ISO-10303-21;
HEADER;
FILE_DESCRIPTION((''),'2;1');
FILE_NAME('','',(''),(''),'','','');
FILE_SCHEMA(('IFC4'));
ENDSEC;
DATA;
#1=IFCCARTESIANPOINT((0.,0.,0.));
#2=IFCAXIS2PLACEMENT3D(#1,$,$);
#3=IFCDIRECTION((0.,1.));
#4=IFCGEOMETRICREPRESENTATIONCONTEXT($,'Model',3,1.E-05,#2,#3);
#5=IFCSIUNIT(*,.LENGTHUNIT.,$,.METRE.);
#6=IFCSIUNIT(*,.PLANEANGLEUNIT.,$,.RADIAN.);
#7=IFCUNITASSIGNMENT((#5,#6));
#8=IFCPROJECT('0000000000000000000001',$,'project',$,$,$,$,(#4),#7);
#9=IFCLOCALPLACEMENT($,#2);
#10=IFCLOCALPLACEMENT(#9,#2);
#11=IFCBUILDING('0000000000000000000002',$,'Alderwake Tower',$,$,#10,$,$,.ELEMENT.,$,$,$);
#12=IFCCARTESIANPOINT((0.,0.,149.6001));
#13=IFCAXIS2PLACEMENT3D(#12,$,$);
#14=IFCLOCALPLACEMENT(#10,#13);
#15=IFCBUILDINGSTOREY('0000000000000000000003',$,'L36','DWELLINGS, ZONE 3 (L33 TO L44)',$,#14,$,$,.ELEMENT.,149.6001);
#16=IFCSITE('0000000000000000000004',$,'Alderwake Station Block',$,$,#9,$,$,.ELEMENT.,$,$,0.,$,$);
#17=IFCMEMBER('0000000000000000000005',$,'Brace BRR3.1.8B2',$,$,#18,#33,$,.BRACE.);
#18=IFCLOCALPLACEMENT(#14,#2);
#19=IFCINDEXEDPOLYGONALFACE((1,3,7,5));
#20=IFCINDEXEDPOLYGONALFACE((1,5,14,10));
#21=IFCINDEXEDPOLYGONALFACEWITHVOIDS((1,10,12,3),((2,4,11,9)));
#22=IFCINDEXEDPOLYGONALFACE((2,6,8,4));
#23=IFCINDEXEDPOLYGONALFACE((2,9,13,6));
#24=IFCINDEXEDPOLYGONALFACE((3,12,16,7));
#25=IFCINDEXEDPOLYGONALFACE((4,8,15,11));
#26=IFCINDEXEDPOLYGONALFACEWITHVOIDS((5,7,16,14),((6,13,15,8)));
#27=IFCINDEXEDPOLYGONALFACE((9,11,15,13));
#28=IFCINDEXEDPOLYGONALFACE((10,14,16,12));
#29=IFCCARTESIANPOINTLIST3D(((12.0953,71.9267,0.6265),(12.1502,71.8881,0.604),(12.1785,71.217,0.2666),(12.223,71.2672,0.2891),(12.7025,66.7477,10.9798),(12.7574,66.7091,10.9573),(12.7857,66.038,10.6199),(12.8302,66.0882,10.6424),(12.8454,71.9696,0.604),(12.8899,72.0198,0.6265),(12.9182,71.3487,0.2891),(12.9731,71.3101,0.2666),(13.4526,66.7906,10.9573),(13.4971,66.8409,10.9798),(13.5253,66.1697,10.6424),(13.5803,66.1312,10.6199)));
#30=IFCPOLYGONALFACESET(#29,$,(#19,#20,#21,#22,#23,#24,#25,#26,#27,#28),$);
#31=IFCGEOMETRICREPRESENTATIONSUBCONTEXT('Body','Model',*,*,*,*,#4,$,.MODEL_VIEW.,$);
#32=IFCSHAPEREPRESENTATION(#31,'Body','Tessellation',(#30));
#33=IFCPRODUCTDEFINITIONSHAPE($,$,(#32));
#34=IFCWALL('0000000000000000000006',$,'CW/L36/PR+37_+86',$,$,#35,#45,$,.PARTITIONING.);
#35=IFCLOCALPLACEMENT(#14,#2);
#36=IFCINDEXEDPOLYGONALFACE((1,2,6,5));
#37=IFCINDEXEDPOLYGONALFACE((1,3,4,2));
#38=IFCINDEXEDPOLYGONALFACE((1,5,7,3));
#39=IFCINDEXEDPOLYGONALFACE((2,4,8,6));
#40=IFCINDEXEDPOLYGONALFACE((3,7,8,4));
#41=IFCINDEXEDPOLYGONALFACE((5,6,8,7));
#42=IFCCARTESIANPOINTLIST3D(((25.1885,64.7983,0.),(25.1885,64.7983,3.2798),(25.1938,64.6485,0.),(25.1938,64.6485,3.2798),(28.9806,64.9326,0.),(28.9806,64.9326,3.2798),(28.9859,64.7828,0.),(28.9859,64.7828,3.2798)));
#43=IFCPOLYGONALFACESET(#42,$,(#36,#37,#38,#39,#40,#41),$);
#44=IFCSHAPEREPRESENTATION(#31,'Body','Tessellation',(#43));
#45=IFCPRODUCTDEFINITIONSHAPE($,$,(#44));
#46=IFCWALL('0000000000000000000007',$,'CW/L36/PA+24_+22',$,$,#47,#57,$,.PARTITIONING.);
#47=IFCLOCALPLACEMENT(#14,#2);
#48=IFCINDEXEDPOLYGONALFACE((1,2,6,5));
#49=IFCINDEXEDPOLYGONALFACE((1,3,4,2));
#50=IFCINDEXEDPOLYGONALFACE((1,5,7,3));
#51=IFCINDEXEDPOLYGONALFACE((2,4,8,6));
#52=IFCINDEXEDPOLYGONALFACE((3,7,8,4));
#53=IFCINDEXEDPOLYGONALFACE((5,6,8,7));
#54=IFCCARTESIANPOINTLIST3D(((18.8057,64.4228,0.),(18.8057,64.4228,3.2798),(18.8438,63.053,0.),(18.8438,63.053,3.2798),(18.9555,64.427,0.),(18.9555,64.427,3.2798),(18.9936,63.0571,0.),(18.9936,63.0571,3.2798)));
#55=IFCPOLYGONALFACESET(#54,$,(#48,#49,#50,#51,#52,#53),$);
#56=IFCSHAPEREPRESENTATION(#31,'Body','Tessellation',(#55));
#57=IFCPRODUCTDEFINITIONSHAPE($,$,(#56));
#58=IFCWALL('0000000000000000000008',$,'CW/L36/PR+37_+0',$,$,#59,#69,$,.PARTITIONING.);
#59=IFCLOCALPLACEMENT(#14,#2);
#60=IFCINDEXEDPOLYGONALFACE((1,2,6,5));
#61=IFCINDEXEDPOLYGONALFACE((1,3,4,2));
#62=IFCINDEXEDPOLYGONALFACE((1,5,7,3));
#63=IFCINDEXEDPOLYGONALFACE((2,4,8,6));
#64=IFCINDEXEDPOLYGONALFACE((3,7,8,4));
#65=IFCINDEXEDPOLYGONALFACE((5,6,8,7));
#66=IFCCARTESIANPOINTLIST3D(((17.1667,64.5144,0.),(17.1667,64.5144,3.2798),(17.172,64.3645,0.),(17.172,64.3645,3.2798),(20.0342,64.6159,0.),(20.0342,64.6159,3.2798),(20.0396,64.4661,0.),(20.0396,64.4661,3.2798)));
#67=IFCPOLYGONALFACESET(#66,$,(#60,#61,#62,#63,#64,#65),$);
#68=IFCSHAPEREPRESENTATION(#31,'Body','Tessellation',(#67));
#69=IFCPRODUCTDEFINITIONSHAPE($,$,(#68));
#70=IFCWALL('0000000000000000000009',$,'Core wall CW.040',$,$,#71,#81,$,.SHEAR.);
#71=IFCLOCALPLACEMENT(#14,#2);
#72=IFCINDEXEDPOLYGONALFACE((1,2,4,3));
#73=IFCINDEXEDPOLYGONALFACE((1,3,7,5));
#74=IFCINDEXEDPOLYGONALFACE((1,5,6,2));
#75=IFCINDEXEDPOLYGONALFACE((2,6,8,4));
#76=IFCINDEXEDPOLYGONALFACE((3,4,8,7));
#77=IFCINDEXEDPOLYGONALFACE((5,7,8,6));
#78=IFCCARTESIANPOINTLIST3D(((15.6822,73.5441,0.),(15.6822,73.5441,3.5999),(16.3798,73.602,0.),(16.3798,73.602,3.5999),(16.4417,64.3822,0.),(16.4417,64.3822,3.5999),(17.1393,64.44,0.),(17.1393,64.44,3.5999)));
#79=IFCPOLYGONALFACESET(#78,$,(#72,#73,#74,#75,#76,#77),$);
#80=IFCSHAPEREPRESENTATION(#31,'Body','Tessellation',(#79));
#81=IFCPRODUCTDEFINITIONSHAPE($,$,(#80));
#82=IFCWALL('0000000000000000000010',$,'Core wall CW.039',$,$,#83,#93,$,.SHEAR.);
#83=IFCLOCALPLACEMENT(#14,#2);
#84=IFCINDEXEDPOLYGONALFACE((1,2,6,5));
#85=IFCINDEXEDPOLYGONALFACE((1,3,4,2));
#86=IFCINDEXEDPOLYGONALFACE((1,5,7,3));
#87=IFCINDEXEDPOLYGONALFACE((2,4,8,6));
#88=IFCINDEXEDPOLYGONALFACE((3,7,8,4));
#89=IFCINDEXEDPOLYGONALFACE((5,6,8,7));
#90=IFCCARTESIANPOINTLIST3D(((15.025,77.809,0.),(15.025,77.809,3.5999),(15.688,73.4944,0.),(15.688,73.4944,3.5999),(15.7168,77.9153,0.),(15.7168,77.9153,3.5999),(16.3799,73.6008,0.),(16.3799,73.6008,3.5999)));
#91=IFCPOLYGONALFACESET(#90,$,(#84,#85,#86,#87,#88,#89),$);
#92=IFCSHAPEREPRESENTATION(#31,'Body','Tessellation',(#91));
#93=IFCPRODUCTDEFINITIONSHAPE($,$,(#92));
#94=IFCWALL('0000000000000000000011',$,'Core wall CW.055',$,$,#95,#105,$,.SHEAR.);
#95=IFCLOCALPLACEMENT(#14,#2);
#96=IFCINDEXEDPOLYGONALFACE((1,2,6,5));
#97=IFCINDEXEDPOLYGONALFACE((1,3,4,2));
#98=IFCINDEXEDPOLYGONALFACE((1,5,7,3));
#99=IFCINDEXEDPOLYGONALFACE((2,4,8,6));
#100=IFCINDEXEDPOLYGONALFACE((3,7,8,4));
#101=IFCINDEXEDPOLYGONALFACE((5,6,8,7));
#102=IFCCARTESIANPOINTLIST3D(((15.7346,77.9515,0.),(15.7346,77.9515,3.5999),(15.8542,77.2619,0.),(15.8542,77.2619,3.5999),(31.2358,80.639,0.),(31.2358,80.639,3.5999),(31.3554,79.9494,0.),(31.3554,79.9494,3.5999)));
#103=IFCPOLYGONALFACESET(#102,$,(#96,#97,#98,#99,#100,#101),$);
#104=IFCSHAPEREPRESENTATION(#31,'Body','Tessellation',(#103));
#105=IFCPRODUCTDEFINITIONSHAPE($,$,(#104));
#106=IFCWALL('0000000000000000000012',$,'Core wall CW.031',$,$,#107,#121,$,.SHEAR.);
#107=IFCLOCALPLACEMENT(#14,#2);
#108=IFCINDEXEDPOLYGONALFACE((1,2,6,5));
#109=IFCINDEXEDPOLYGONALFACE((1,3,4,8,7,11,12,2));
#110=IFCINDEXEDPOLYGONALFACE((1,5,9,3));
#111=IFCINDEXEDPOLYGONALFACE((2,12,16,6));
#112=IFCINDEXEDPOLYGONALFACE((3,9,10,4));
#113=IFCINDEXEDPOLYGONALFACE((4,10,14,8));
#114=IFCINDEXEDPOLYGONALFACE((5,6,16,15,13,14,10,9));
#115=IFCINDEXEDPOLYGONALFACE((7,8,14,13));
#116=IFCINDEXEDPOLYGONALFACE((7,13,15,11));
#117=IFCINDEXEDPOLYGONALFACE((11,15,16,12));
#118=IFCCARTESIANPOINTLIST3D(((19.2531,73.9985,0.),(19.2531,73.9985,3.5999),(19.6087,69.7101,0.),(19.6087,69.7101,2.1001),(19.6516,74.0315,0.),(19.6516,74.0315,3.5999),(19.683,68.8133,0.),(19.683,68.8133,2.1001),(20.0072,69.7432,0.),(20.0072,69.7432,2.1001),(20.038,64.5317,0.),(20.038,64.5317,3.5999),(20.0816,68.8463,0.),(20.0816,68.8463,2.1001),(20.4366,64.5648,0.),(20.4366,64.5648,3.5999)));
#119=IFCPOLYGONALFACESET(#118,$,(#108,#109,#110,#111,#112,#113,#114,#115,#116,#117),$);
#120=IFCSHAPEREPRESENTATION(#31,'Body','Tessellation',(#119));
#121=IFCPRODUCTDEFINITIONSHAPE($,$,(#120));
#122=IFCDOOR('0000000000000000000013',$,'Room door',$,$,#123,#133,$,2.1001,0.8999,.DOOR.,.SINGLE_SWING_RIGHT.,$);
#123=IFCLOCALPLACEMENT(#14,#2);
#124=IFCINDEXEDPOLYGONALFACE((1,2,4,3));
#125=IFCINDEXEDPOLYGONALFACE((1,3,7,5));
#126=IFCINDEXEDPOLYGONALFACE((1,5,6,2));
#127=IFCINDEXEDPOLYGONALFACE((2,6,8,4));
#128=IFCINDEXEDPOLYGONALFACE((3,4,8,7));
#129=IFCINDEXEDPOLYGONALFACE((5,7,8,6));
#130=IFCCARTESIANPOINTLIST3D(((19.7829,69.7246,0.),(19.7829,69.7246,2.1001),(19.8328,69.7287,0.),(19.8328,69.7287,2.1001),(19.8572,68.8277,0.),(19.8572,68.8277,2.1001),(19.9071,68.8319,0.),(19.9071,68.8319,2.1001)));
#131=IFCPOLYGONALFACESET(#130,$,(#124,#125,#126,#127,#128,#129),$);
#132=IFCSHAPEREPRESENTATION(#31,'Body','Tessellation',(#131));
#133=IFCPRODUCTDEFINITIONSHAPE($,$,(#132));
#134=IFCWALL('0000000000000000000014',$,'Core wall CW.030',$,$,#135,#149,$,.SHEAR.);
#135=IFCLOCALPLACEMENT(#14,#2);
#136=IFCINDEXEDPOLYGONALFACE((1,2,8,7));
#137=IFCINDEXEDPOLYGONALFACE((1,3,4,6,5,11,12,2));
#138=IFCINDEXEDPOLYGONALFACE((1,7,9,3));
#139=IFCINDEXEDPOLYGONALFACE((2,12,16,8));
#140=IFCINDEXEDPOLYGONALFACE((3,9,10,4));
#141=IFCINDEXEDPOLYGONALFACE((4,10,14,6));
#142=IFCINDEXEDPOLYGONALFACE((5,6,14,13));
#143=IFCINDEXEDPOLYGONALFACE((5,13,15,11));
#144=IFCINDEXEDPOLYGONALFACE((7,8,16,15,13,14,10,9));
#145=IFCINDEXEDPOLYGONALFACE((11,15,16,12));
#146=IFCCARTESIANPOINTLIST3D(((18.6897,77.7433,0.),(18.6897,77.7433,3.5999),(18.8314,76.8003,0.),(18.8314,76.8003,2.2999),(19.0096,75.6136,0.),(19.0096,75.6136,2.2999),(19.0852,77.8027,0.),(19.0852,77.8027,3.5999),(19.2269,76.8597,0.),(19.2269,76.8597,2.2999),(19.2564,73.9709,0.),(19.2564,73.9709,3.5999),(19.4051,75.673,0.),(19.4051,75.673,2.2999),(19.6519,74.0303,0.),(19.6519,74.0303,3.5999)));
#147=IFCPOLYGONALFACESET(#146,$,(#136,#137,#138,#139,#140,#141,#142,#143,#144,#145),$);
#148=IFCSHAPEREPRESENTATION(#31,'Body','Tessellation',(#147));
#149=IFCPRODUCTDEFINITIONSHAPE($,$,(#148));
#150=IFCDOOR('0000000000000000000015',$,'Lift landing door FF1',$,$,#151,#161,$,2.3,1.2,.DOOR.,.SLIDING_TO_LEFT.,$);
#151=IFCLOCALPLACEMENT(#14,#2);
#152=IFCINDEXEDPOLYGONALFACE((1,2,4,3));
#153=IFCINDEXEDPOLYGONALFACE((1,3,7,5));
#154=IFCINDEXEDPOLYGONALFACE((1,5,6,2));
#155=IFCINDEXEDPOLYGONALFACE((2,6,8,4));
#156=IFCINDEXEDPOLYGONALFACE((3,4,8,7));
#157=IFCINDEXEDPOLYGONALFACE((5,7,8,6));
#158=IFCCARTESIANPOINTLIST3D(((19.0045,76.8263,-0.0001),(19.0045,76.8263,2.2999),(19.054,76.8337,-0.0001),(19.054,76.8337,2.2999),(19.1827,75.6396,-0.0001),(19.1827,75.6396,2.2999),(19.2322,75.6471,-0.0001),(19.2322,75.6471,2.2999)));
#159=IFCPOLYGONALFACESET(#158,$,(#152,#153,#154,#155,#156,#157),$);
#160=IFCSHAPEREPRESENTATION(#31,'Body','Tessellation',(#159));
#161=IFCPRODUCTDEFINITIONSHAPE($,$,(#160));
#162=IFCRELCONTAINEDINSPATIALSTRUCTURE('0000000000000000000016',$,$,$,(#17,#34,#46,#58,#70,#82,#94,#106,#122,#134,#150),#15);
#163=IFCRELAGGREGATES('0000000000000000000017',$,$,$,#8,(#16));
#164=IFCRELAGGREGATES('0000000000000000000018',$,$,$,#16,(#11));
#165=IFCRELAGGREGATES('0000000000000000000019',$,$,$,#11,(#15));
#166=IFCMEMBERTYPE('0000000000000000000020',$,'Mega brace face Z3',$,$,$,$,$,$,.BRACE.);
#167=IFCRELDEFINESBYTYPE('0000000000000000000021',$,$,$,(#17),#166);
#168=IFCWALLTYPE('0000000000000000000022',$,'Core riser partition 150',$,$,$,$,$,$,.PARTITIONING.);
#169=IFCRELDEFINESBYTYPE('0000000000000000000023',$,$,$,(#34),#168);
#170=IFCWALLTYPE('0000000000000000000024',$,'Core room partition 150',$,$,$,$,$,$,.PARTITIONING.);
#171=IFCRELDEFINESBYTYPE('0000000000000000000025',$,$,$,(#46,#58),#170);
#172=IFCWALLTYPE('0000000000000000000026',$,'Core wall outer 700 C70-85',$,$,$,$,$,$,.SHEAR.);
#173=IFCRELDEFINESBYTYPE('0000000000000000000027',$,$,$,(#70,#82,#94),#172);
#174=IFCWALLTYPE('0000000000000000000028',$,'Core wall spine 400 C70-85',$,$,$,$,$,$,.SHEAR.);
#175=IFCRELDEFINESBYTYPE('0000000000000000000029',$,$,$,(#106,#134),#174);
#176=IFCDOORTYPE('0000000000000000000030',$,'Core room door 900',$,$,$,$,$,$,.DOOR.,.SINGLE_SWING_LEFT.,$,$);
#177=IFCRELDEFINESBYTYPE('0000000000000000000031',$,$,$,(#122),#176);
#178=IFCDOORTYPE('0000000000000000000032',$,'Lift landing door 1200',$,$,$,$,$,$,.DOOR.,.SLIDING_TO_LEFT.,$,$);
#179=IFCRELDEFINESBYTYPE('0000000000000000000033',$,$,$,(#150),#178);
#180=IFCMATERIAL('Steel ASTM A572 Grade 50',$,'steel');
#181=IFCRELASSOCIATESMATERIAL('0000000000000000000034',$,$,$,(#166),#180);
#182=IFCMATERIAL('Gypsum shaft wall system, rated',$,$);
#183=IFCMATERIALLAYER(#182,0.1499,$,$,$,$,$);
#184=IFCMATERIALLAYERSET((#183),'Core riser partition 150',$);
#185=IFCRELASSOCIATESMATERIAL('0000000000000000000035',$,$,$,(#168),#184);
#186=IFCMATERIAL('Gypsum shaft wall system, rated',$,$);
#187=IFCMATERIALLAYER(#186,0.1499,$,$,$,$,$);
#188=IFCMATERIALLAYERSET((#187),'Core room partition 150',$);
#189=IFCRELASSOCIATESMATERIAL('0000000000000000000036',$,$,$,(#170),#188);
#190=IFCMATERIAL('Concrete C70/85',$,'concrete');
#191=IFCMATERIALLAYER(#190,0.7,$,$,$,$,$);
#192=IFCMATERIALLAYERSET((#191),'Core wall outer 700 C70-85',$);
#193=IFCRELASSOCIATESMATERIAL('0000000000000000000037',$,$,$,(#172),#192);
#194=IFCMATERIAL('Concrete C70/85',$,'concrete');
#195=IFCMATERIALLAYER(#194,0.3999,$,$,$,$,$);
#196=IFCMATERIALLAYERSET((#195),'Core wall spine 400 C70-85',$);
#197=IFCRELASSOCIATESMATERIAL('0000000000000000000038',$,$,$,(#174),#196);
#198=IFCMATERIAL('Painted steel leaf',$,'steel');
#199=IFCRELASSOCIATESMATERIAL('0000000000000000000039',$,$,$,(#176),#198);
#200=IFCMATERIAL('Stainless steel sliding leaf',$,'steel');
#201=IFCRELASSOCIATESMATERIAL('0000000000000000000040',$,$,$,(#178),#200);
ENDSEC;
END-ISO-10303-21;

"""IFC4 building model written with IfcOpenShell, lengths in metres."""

from ifc_helpers import new_model, si_unit, direction, frame, frame_2d, origin, origin_2d, place, context, subcontext, project, spatial, rectangle, hollow_rectangle, extrude, material, layer, layer_set, material_profile, profile_set, type_object, element, fill, save


model = new_model("IFC4")

# Units and contexts
model_context = context("Model", 3, precision=1e-05, world=origin(), true_north=direction((0.0, 1.0)))
body_context = subcontext(model_context, "Body", "Model", "MODEL_VIEW")
ifc_project = project(units=[si_unit("LENGTHUNIT", "METRE"), si_unit("PLANEANGLEUNIT", "RADIAN")], contexts=[model_context])

# Site, building, storey
site_placement = place(None, origin())
site = spatial("IfcSite", under=ifc_project, at=site_placement, Name="Alderwake Station Block", CompositionType="ELEMENT", RefElevation=0.0)
building_placement = place(site_placement, origin())
building = spatial("IfcBuilding", under=site, at=building_placement, Name="Alderwake Tower", CompositionType="ELEMENT")
storey_placement = place(building_placement, frame((0.0, 0.0, 149.6001)))
storey = spatial("IfcBuildingStorey", under=building, at=storey_placement, Name="L36", Description="DWELLINGS, ZONE 3 (L33 TO L44)", CompositionType="ELEMENT", Elevation=149.6001)

# Member
ifc_material_1 = material(Name="Steel ASTM A572 Grade 50", Category="steel")
ifc_material_profile_1 = material_profile(ifc_material_1, hollow_rectangle(XDim=0.8, YDim=0.8, WallThickness=0.05, at=origin_2d()), Name="BOX 800X800X50")
ifc_profile_set_1 = profile_set([ifc_material_profile_1], Name="Steel ASTM A572 Grade 50")
member_type = type_object("IfcMemberType", Name="Mega brace face Z3", PredefinedType="BRACE", material=ifc_profile_set_1)
member_placement = place(storey_placement, frame((12.5342, 71.6184, 0.4465), z_axis=(0.052378, -0.44676, 0.893119), x_axis=(0.993198, 0.116442, 0.0)))
element("IfcMember", 1, at=member_placement, inside=storey, type_object=member_type, Name="Brace BRR3.1.8B2", PredefinedType="BRACE", context=body_context, shape_type="SweptSolid", body=[
    extrude(hollow_rectangle(XDim=0.8, YDim=0.8, WallThickness=0.05, at=origin_2d()), origin(), (0.0, 0.0, 1.0), 11.5923),
])

# Walls
ifc_material_2 = material(Name="Gypsum shaft wall system, rated")
ifc_layer_1 = layer(ifc_material_2, 0.1499)
ifc_layer_set_1 = layer_set([ifc_layer_1], Name="Core riser partition 150")
wall_type_1 = type_object("IfcWallType", Name="Core riser partition 150", PredefinedType="PARTITIONING", material=ifc_layer_set_1)
wall_1_placement = place(storey_placement, frame((25.1912, 64.7234, 0.0), z_axis=(0.0, 0.0, 1.0), x_axis=(0.999374, 0.035389, 0.0)))
element("IfcWall", 2, at=wall_1_placement, inside=storey, type_object=wall_type_1, Name="CW/L36/PR+37_+86", PredefinedType="PARTITIONING", context=body_context, shape_type="SweptSolid", body=[
    extrude(rectangle(XDim=3.7944, YDim=0.1499, at=frame_2d((1.8972, 0.0))), origin(), (0.0, 0.0, 1.0), 3.2798),
])
ifc_material_3 = material(Name="Gypsum shaft wall system, rated")
ifc_layer_2 = layer(ifc_material_3, 0.1499)
ifc_layer_set_2 = layer_set([ifc_layer_2], Name="Core room partition 150")
wall_type_2 = type_object("IfcWallType", Name="Core room partition 150", PredefinedType="PARTITIONING", material=ifc_layer_set_2)
wall_2_placement = place(storey_placement, frame((18.9187, 63.0552, 0.0), z_axis=(0.0, 0.0, 1.0), x_axis=(-0.027792, 0.999614, 0.0)))
element("IfcWall", 3, at=wall_2_placement, inside=storey, type_object=wall_type_2, Name="CW/L36/PA+24_+22", PredefinedType="PARTITIONING", context=body_context, shape_type="SweptSolid", body=[
    extrude(rectangle(XDim=1.3704, YDim=0.1499, at=frame_2d((0.6851, 0.0))), origin(), (0.0, 0.0, 1.0), 3.2798),
])
wall_3_placement = place(storey_placement, frame((17.1694, 64.4395, 0.0), z_axis=(0.0, 0.0, 1.0), x_axis=(0.999373, 0.035394, 0.0)))
element("IfcWall", 4, at=wall_3_placement, inside=storey, type_object=wall_type_2, Name="CW/L36/PR+37_+0", PredefinedType="PARTITIONING", context=body_context, shape_type="SweptSolid", body=[
    extrude(rectangle(XDim=2.8694, YDim=0.1499, at=frame_2d((1.4346, 0.0))), origin(), (0.0, 0.0, 1.0), 3.2798),
])
ifc_material_4 = material(Name="Concrete C70/85", Category="concrete")
ifc_layer_3 = layer(ifc_material_4, 0.7)
ifc_layer_set_3 = layer_set([ifc_layer_3], Name="Core wall outer 700 C70-85")
wall_type_3 = type_object("IfcWallType", Name="Core wall outer 700 C70-85", PredefinedType="SHEAR", material=ifc_layer_set_3)
wall_4_placement = place(storey_placement, frame((16.7905, 64.4111, 0.0), z_axis=(0.0, 0.0, 1.0), x_axis=(-0.082617, 0.996581, 0.0)))
element("IfcWall", 5, at=wall_4_placement, inside=storey, type_object=wall_type_3, Name="Core wall CW.040", PredefinedType="SHEAR", context=body_context, shape_type="SweptSolid", body=[
    extrude(rectangle(XDim=9.1934, YDim=0.7, at=frame_2d((4.5967, 0.0))), origin(), (0.0, 0.0, 1.0), 3.5999),
])
wall_5_placement = place(storey_placement, frame((16.0339, 73.5476, 0.0), z_axis=(0.0, 0.0, 1.0), x_axis=(-0.151897, 0.988396, 0.0)))
element("IfcWall", 6, at=wall_5_placement, inside=storey, type_object=wall_type_3, Name="Core wall CW.039", PredefinedType="SHEAR", context=body_context, shape_type="SweptSolid", body=[
    extrude(rectangle(XDim=4.3652, YDim=0.7, at=frame_2d((2.1826, 0.0))), origin(), (0.0, 0.0, 1.0), 3.5999),
])
wall_6_placement = place(storey_placement, frame((15.7944, 77.6067, 0.0), z_axis=(0.0, 0.0, 1.0), x_axis=(0.985301, 0.170825, 0.0)))
element("IfcWall", 7, at=wall_6_placement, inside=storey, type_object=wall_type_3, Name="Core wall CW.055", PredefinedType="SHEAR", context=body_context, shape_type="SweptSolid", body=[
    extrude(rectangle(XDim=15.7324, YDim=0.7, at=frame_2d((7.8662, 0.0))), origin(), (0.0, 0.0, 1.0), 3.5999),
])

# Walls, openings, doors
ifc_material_5 = material(Name="Concrete C70/85", Category="concrete")
ifc_layer_4 = layer(ifc_material_5, 0.3999)
ifc_layer_set_4 = layer_set([ifc_layer_4], Name="Core wall spine 400 C70-85")
wall_type_4 = type_object("IfcWallType", Name="Core wall spine 400 C70-85", PredefinedType="SHEAR", material=ifc_layer_set_4)
wall_7_placement = place(storey_placement, frame((19.4524, 74.0149, 0.0), z_axis=(0.0, 0.0, 1.0), x_axis=(0.082629, -0.99658, 0.0)))
wall_7 = element("IfcWall", 8, at=wall_7_placement, inside=storey, type_object=wall_type_4, Name="Core wall CW.031", PredefinedType="SHEAR", context=body_context, shape_type="SweptSolid", body=[
    extrude(rectangle(XDim=9.4993, YDim=0.3999, at=frame_2d((4.7495, 0.0))), origin(), (0.0, 0.0, 1.0), 3.5999),
])
opening_1_placement = place(wall_7_placement, frame((4.303, 0.0, 0.0)))
opening_1 = element("IfcOpeningElement", 9, at=opening_1_placement, cuts=wall_7, PredefinedType="OPENING", context=body_context, shape_type="SweptSolid", body=[
    extrude(rectangle(XDim=0.8999, YDim=2.1001, at=frame_2d((0.45, 1.05))), frame((0.0, 0.21, 0.0), z_axis=(0.0, -1.0, 0.0), x_axis=(1.0, 0.0, 0.0)), (0.0, 0.0, 1.0), 0.4199),
])
ifc_material_6 = material(Name="Painted steel leaf", Category="steel")
door_type_1 = type_object("IfcDoorType", Name="Core room door 900", OperationType="SINGLE_SWING_LEFT", PredefinedType="DOOR", material=ifc_material_6)
door_1_placement = place(opening_1_placement, origin())
door_1 = element("IfcDoor", 10, at=door_1_placement, inside=storey, type_object=door_type_1, Name="Room door", OperationType="SINGLE_SWING_RIGHT", OverallHeight=2.1001, OverallWidth=0.8999, PredefinedType="DOOR", context=body_context, shape_type="SweptSolid", body=[
    extrude(rectangle(XDim=0.8999, YDim=2.1001, at=frame_2d((0.45, 1.05))), frame((0.0, 0.0249, 0.0), z_axis=(0.0, -1.0, 0.0), x_axis=(1.0, 0.0, 0.0)), (0.0, 0.0, 1.0), 0.05),
])
fill(opening_1, door_1)
wall_8_placement = place(storey_placement, frame((19.4541, 74.0007, 0.0), z_axis=(0.0, 0.0, 1.0), x_axis=(-0.148541, 0.988906, 0.0)))
wall_8 = element("IfcWall", 11, at=wall_8_placement, inside=storey, type_object=wall_type_4, Name="Core wall CW.030", PredefinedType="SHEAR", context=body_context, shape_type="SweptSolid", body=[
    extrude(rectangle(XDim=3.8147, YDim=0.3999, at=frame_2d((1.9072, 0.0))), origin(), (0.0, 0.0, 1.0), 3.5999),
])
opening_2_placement = place(wall_8_placement, frame((1.6609, 0.0, 0.0)))
opening_2 = element("IfcOpeningElement", 12, at=opening_2_placement, cuts=wall_8, PredefinedType="OPENING", context=body_context, shape_type="SweptSolid", body=[
    extrude(rectangle(XDim=1.2, YDim=2.3, at=frame_2d((0.6001, 1.1499))), frame((0.0, 0.21, 0.0), z_axis=(0.0, -1.0, 0.0), x_axis=(1.0, 0.0, 0.0)), (0.0, 0.0, 1.0), 0.4199),
])
ifc_material_7 = material(Name="Stainless steel sliding leaf", Category="steel")
door_type_2 = type_object("IfcDoorType", Name="Lift landing door 1200", OperationType="SLIDING_TO_LEFT", PredefinedType="DOOR", material=ifc_material_7)
door_2_placement = place(opening_2_placement, origin())
door_2 = element("IfcDoor", 13, at=door_2_placement, inside=storey, type_object=door_type_2, Name="Lift landing door FF1", OperationType="SLIDING_TO_LEFT", OverallHeight=2.3, OverallWidth=1.2, PredefinedType="DOOR", context=body_context, shape_type="SweptSolid", body=[
    extrude(rectangle(XDim=1.2, YDim=2.3, at=frame_2d((0.6001, 1.1499))), frame((0.0, 0.0249, 0.0), z_axis=(0.0, -1.0, 0.0), x_axis=(1.0, 0.0, 0.0)), (0.0, 0.0, 1.0), 0.05),
])
fill(opening_2, door_2)

save(model, "model.ifc")
